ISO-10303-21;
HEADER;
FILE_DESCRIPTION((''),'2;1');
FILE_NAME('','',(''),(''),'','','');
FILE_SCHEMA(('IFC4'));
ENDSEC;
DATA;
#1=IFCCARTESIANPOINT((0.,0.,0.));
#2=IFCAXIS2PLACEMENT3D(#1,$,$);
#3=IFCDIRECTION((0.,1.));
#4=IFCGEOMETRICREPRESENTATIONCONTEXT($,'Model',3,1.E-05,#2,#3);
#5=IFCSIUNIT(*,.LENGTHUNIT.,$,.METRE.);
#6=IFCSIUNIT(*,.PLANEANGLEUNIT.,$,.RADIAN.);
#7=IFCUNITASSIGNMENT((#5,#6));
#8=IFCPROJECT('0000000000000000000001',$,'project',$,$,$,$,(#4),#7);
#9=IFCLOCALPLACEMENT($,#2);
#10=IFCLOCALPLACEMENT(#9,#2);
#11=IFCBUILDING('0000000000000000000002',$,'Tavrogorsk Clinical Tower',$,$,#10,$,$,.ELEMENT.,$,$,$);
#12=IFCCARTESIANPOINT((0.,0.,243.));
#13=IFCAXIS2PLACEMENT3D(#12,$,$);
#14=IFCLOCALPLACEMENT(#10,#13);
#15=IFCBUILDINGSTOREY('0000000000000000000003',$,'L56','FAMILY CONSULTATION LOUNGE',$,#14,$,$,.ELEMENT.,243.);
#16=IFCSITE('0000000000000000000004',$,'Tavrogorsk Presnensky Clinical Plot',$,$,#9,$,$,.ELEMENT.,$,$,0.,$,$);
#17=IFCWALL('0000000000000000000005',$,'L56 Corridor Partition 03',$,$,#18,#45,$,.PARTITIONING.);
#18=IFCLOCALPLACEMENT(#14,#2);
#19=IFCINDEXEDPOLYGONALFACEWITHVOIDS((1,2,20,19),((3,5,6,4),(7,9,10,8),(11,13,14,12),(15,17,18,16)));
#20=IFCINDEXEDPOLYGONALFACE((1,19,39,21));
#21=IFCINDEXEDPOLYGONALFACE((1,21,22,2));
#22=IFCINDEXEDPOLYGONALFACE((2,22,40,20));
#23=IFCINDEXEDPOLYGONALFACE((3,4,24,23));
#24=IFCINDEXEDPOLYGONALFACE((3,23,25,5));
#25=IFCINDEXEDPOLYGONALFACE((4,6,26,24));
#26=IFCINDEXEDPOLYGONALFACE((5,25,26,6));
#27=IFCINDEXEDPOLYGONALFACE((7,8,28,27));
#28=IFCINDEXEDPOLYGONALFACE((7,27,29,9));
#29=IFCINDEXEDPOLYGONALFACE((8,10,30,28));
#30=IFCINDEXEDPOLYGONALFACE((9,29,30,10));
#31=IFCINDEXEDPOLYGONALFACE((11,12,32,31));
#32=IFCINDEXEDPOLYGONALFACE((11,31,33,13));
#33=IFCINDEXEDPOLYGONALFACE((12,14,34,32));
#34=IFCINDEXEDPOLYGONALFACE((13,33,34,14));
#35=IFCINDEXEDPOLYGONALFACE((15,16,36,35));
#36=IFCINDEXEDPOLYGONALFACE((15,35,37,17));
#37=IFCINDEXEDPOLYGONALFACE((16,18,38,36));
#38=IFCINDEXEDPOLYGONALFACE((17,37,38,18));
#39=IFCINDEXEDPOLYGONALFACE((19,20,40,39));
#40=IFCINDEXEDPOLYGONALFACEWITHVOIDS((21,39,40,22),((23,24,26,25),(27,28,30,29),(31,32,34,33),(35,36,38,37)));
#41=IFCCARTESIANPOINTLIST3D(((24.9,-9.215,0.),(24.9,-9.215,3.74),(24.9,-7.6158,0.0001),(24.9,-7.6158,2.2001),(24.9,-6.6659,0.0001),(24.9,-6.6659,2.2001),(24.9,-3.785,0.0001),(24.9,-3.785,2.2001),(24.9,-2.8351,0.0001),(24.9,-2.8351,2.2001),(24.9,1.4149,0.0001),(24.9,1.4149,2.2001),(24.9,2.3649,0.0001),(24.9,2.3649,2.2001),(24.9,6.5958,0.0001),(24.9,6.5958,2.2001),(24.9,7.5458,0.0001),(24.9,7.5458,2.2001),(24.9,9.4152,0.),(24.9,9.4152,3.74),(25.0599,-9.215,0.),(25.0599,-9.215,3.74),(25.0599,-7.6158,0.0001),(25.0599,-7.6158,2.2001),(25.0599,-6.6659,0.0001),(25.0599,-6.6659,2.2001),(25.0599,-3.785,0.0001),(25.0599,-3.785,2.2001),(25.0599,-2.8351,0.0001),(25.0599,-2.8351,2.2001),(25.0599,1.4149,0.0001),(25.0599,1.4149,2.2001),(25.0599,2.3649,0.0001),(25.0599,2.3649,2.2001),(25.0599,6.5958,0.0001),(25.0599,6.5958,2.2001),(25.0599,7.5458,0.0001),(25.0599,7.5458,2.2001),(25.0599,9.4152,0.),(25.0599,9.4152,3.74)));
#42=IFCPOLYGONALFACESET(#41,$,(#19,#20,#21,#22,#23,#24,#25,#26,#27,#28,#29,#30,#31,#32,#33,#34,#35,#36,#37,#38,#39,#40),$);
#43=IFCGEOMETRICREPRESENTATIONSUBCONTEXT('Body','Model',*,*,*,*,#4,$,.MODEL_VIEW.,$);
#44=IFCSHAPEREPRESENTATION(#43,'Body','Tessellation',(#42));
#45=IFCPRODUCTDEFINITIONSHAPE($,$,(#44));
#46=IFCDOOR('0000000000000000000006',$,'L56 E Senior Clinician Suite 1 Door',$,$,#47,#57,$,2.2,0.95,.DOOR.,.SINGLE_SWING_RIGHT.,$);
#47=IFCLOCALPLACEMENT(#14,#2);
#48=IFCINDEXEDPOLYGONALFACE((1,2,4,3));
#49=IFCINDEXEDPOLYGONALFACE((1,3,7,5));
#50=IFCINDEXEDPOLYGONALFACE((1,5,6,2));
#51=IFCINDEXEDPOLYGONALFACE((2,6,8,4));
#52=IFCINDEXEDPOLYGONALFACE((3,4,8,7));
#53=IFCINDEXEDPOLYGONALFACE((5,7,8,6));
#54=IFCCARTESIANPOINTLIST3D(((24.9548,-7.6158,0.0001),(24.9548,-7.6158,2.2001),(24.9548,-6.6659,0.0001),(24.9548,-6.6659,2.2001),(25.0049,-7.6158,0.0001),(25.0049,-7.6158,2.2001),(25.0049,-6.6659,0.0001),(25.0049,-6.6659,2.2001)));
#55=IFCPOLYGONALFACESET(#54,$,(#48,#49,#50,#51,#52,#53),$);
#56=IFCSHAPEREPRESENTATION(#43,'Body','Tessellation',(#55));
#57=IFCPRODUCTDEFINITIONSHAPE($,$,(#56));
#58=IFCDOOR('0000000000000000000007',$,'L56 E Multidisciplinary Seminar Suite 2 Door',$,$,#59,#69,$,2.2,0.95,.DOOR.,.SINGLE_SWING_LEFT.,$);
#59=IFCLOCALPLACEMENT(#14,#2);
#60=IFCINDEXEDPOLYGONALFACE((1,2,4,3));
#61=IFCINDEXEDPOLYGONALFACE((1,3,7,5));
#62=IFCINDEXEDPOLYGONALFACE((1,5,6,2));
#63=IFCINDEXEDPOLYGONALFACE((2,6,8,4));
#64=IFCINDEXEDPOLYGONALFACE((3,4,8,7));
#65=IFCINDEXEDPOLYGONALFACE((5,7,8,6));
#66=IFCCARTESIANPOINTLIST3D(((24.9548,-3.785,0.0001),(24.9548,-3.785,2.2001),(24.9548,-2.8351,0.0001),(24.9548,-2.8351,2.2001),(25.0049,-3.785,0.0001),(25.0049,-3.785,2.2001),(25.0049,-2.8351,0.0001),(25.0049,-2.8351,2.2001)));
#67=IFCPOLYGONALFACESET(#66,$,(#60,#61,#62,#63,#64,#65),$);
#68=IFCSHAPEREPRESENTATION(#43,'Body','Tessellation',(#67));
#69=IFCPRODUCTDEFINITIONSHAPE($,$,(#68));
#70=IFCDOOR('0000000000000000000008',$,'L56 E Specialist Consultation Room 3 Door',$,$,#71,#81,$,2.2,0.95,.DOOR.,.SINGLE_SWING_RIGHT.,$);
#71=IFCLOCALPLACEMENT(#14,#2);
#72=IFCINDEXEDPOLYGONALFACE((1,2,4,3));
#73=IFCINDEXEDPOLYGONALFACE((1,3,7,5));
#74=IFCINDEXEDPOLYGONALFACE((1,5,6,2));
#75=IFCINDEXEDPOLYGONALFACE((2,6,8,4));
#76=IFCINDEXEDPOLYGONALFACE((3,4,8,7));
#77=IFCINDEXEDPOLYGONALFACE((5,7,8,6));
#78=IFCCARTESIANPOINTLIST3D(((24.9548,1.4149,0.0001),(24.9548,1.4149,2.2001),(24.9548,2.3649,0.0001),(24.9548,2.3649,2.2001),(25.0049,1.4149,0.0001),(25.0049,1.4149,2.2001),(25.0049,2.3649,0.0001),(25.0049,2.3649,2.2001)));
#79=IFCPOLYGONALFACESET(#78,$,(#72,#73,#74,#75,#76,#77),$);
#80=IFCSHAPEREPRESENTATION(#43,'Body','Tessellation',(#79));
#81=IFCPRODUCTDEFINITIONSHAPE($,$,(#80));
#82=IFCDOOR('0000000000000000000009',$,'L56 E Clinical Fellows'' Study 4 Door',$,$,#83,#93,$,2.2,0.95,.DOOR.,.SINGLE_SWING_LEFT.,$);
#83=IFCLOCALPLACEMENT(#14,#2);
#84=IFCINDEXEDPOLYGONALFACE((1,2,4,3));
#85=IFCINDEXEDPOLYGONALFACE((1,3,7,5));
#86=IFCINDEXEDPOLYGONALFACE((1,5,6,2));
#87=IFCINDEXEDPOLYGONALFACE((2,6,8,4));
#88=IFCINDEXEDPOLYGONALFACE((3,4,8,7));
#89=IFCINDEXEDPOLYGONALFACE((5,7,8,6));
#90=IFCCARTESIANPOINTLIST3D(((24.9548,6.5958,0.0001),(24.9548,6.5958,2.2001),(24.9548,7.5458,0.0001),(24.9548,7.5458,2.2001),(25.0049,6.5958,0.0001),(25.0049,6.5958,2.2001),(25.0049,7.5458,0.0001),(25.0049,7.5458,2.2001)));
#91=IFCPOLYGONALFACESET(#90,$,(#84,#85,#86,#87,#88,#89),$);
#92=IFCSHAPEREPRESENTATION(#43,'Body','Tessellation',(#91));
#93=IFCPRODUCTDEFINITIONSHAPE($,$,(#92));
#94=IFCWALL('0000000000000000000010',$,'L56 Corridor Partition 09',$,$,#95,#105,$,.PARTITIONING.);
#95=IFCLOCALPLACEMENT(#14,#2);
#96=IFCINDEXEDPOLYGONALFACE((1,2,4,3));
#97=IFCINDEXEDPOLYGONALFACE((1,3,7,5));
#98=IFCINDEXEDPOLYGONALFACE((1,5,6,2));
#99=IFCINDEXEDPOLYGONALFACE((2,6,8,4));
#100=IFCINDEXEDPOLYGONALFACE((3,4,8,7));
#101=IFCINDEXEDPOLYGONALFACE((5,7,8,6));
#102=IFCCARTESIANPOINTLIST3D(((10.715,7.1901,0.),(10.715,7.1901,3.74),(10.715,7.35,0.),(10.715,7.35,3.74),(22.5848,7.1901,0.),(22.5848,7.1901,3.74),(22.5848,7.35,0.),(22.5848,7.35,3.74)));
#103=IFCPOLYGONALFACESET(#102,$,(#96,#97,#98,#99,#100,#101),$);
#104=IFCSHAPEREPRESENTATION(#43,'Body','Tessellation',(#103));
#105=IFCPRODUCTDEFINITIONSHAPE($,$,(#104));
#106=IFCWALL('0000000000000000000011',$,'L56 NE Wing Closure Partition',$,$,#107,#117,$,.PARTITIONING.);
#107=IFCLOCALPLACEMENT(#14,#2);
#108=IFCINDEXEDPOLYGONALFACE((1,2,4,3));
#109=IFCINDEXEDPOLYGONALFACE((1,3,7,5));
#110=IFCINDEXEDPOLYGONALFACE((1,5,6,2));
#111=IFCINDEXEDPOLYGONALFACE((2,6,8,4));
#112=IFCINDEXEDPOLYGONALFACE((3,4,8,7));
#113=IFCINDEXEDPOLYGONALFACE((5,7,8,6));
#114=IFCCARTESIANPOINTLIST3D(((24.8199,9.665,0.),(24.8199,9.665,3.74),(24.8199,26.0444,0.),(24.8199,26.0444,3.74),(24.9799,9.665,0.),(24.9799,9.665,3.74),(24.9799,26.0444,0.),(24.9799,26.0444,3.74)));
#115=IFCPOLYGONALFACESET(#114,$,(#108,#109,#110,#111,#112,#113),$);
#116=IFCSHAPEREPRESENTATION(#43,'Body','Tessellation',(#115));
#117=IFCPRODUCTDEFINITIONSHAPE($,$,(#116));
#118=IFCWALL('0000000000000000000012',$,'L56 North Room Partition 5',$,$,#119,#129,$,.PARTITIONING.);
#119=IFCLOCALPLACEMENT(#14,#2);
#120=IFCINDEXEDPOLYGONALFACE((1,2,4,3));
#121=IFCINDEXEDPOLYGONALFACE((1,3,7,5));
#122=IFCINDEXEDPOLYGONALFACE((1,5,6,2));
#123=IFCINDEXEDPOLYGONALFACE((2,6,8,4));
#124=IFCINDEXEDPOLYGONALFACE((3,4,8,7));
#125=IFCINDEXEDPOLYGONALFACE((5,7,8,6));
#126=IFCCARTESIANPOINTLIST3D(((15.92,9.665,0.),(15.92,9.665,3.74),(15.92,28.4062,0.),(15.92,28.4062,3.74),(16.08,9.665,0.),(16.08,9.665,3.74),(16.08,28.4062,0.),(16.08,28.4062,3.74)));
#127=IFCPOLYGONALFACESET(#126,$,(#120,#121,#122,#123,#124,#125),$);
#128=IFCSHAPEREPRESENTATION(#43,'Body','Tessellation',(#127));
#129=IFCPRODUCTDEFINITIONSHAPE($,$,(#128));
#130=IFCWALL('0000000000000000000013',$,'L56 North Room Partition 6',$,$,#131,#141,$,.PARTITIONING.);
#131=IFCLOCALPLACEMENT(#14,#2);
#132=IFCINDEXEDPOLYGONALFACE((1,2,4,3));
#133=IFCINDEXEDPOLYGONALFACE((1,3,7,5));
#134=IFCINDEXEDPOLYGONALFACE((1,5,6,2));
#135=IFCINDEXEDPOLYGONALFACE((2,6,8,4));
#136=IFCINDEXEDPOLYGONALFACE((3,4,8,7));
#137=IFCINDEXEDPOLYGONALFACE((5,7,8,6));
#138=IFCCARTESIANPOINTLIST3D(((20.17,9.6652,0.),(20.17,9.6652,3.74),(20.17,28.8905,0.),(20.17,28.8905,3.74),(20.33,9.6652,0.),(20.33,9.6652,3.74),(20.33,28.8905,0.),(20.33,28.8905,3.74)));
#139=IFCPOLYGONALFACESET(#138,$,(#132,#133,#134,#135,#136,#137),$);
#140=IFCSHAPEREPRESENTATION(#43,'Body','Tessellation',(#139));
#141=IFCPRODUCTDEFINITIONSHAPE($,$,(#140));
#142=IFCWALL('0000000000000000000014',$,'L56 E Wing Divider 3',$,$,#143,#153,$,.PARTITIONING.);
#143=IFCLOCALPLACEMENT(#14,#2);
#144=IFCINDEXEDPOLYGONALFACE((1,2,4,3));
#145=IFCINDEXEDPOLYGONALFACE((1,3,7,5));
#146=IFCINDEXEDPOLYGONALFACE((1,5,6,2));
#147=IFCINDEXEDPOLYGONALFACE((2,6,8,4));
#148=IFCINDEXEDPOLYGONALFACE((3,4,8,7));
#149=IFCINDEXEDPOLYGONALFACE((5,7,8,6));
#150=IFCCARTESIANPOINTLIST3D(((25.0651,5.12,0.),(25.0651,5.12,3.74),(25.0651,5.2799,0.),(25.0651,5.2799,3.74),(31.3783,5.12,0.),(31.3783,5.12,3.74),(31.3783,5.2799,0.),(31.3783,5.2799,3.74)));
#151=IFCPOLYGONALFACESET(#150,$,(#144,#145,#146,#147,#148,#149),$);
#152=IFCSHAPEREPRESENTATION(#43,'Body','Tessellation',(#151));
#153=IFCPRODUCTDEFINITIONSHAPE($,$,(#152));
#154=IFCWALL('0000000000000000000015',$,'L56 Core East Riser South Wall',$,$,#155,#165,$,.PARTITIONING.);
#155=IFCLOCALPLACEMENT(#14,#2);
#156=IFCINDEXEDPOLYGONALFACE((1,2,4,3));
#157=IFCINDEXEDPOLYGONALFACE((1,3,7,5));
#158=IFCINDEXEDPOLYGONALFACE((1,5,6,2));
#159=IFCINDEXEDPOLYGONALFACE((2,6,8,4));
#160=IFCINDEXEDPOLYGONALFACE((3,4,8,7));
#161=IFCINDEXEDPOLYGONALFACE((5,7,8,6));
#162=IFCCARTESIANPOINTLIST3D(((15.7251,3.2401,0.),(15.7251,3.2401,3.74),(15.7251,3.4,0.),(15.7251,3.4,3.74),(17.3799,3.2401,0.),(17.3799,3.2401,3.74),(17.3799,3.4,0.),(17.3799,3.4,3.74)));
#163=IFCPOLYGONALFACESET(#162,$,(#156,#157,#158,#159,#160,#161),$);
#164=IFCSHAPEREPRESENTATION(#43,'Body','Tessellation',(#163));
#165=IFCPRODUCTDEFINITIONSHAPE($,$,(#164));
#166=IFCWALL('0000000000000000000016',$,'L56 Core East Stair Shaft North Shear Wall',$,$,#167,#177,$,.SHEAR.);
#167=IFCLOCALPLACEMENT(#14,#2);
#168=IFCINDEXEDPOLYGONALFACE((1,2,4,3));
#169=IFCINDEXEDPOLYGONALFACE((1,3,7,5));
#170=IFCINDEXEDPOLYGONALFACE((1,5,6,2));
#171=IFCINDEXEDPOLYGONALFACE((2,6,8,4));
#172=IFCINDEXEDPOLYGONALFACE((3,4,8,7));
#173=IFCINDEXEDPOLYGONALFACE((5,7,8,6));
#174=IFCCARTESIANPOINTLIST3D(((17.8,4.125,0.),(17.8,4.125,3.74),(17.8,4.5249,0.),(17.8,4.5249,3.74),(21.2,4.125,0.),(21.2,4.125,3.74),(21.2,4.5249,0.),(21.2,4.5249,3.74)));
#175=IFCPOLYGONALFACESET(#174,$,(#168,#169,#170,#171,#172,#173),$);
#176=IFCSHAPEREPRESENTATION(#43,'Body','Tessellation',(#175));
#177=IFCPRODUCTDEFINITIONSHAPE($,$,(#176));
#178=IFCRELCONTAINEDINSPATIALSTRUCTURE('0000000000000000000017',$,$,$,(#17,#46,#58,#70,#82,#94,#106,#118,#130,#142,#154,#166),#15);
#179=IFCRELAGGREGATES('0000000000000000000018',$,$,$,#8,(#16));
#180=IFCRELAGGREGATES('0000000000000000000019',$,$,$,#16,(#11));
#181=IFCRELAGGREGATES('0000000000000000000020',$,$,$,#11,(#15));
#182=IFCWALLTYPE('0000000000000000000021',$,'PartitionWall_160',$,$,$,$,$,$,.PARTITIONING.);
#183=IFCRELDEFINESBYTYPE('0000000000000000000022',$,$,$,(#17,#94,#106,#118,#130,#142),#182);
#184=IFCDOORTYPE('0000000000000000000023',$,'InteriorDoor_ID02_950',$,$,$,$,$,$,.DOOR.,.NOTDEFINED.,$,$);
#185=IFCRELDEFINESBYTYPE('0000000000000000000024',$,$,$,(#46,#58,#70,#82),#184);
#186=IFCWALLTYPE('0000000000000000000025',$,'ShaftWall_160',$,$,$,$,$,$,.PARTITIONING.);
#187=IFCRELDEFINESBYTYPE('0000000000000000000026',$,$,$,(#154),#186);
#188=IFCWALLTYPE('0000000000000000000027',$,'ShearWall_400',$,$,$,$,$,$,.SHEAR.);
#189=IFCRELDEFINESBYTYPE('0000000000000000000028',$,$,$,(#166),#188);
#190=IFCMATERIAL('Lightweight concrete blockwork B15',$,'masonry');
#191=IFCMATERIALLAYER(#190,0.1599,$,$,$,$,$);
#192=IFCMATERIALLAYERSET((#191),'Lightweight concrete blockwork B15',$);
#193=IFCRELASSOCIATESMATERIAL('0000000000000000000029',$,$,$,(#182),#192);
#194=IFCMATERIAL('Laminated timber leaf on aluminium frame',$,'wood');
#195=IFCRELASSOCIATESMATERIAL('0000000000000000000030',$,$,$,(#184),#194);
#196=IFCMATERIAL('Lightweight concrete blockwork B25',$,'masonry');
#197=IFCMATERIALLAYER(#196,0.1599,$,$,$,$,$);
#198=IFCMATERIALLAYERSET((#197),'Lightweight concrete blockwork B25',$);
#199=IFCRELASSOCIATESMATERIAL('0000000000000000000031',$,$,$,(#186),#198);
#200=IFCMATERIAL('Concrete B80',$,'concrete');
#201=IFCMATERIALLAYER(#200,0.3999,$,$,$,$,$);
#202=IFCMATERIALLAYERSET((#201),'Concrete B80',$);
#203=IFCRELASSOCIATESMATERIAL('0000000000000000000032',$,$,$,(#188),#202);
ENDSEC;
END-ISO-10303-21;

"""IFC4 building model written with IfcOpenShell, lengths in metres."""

from ifc_helpers import new_model, si_unit, direction, frame, frame_2d, origin, place, context, subcontext, project, spatial, rectangle, extrude, material, layer, layer_set, type_object, element, fill, save


model = new_model("IFC4")

# Units and contexts
model_context = context("Model", 3, precision=1e-05, world=origin(), true_north=direction((0.0, 1.0)))
body_context = subcontext(model_context, "Body", "Model", "MODEL_VIEW")
ifc_project = project(units=[si_unit("LENGTHUNIT", "METRE"), si_unit("PLANEANGLEUNIT", "RADIAN")], contexts=[model_context])

# Site, building, storey
site_placement = place(None, origin())
site = spatial("IfcSite", under=ifc_project, at=site_placement, Name="Tavrogorsk Presnensky Clinical Plot", CompositionType="ELEMENT", RefElevation=0.0)
building_placement = place(site_placement, origin())
building = spatial("IfcBuilding", under=site, at=building_placement, Name="Tavrogorsk Clinical Tower", CompositionType="ELEMENT")
storey_placement = place(building_placement, frame((0.0, 0.0, 243.0)))
storey = spatial("IfcBuildingStorey", under=building, at=storey_placement, Name="L56", Description="FAMILY CONSULTATION LOUNGE", CompositionType="ELEMENT", Elevation=243.0)

# Wall, openings, doors
ifc_material_1 = material(Name="Lightweight concrete blockwork B15", Category="masonry")
ifc_layer_1 = layer(ifc_material_1, 0.1599)
ifc_layer_set_1 = layer_set([ifc_layer_1], Name="Lightweight concrete blockwork B15")
wall_type_1 = type_object("IfcWallType", Name="PartitionWall_160", PredefinedType="PARTITIONING", material=ifc_layer_set_1)
wall_1_placement = place(storey_placement, frame((24.98, 9.415, 0.0), z_axis=(0.0, 0.0, 1.0), x_axis=(0.0, -1.0, 0.0)))
wall_1 = element("IfcWall", 1, at=wall_1_placement, inside=storey, type_object=wall_type_1, Name="L56 Corridor Partition 03", PredefinedType="PARTITIONING", context=body_context, shape_type="SweptSolid", body=[
    extrude(rectangle(XDim=18.6301, YDim=0.1599, at=frame_2d((9.3149, 0.0))), origin(), (0.0, 0.0, 1.0), 3.74),
])
opening_1_placement = place(wall_1_placement, frame((16.0808, 0.0, 0.0)))
opening_1 = element("IfcOpeningElement", 2, at=opening_1_placement, cuts=wall_1, PredefinedType="OPENING", context=body_context, shape_type="SweptSolid", body=[
    extrude(rectangle(XDim=0.95, YDim=2.2, at=frame_2d((0.4751, 1.1001))), frame((0.0, 0.0898, 0.0), z_axis=(0.0, -1.0, 0.0), x_axis=(1.0, 0.0, 0.0)), (0.0, 0.0, 1.0), 0.1799),
])
opening_2_placement = place(wall_1_placement, frame((12.25, 0.0, 0.0)))
opening_2 = element("IfcOpeningElement", 3, at=opening_2_placement, cuts=wall_1, PredefinedType="OPENING", context=body_context, shape_type="SweptSolid", body=[
    extrude(rectangle(XDim=0.95, YDim=2.2, at=frame_2d((0.4751, 1.1001))), frame((0.0, 0.0898, 0.0), z_axis=(0.0, -1.0, 0.0), x_axis=(1.0, 0.0, 0.0)), (0.0, 0.0, 1.0), 0.1799),
])
opening_3_placement = place(wall_1_placement, frame((7.05, 0.0, 0.0)))
opening_3 = element("IfcOpeningElement", 4, at=opening_3_placement, cuts=wall_1, PredefinedType="OPENING", context=body_context, shape_type="SweptSolid", body=[
    extrude(rectangle(XDim=0.95, YDim=2.2, at=frame_2d((0.4751, 1.1001))), frame((0.0, 0.0898, 0.0), z_axis=(0.0, -1.0, 0.0), x_axis=(1.0, 0.0, 0.0)), (0.0, 0.0, 1.0), 0.1799),
])
opening_4_placement = place(wall_1_placement, frame((1.8691, 0.0, 0.0)))
opening_4 = element("IfcOpeningElement", 5, at=opening_4_placement, cuts=wall_1, PredefinedType="OPENING", context=body_context, shape_type="SweptSolid", body=[
    extrude(rectangle(XDim=0.95, YDim=2.2, at=frame_2d((0.4751, 1.1001))), frame((0.0, 0.0898, 0.0), z_axis=(0.0, -1.0, 0.0), x_axis=(1.0, 0.0, 0.0)), (0.0, 0.0, 1.0), 0.1799),
])
ifc_material_2 = material(Name="Laminated timber leaf on aluminium frame", Category="wood")
door_type = type_object("IfcDoorType", Name="InteriorDoor_ID02_950", OperationType="NOTDEFINED", PredefinedType="DOOR", material=ifc_material_2)
door_1_placement = place(opening_1_placement, origin())
door_1 = element("IfcDoor", 6, at=door_1_placement, inside=storey, type_object=door_type, Name="L56 E Senior Clinician Suite 1 Door", OperationType="SINGLE_SWING_RIGHT", OverallHeight=2.2, OverallWidth=0.95, PredefinedType="DOOR", context=body_context, shape_type="SweptSolid", body=[
    extrude(rectangle(XDim=0.95, YDim=2.2, at=frame_2d((0.4751, 1.1001))), frame((0.0, 0.0249, 0.0), z_axis=(0.0, -1.0, 0.0), x_axis=(1.0, 0.0, 0.0)), (0.0, 0.0, 1.0), 0.05),
])
fill(opening_1, door_1)
door_2_placement = place(opening_2_placement, origin())
door_2 = element("IfcDoor", 7, at=door_2_placement, inside=storey, type_object=door_type, Name="L56 E Multidisciplinary Seminar Suite 2 Door", OperationType="SINGLE_SWING_LEFT", OverallHeight=2.2, OverallWidth=0.95, PredefinedType="DOOR", context=body_context, shape_type="SweptSolid", body=[
    extrude(rectangle(XDim=0.95, YDim=2.2, at=frame_2d((0.4751, 1.1001))), frame((0.0, 0.0249, 0.0), z_axis=(0.0, -1.0, 0.0), x_axis=(1.0, 0.0, 0.0)), (0.0, 0.0, 1.0), 0.05),
])
fill(opening_2, door_2)
door_3_placement = place(opening_3_placement, origin())
door_3 = element("IfcDoor", 8, at=door_3_placement, inside=storey, type_object=door_type, Name="L56 E Specialist Consultation Room 3 Door", OperationType="SINGLE_SWING_RIGHT", OverallHeight=2.2, OverallWidth=0.95, PredefinedType="DOOR", context=body_context, shape_type="SweptSolid", body=[
    extrude(rectangle(XDim=0.95, YDim=2.2, at=frame_2d((0.4751, 1.1001))), frame((0.0, 0.0249, 0.0), z_axis=(0.0, -1.0, 0.0), x_axis=(1.0, 0.0, 0.0)), (0.0, 0.0, 1.0), 0.05),
])
fill(opening_3, door_3)
door_4_placement = place(opening_4_placement, origin())
door_4 = element("IfcDoor", 9, at=door_4_placement, inside=storey, type_object=door_type, Name="L56 E Clinical Fellows' Study 4 Door", OperationType="SINGLE_SWING_LEFT", OverallHeight=2.2, OverallWidth=0.95, PredefinedType="DOOR", context=body_context, shape_type="SweptSolid", body=[
    extrude(rectangle(XDim=0.95, YDim=2.2, at=frame_2d((0.4751, 1.1001))), frame((0.0, 0.0249, 0.0), z_axis=(0.0, -1.0, 0.0), x_axis=(1.0, 0.0, 0.0)), (0.0, 0.0, 1.0), 0.05),
])
fill(opening_4, door_4)

# Walls
wall_2_placement = place(storey_placement, frame((22.585, 7.27, 0.0), z_axis=(0.0, 0.0, 1.0), x_axis=(-1.0, 0.0, 0.0)))
element("IfcWall", 10, at=wall_2_placement, inside=storey, type_object=wall_type_1, Name="L56 Corridor Partition 09", PredefinedType="PARTITIONING", context=body_context, shape_type="SweptSolid", body=[
    extrude(rectangle(XDim=11.8699, YDim=0.1599, at=frame_2d((5.9351, 0.0))), origin(), (0.0, 0.0, 1.0), 3.74),
])
wall_3_placement = place(storey_placement, frame((24.8999, 9.665, 0.0), z_axis=(0.0, 0.0, 1.0), x_axis=(0.0, 1.0, 0.0)))
element("IfcWall", 11, at=wall_3_placement, inside=storey, type_object=wall_type_1, Name="L56 NE Wing Closure Partition", PredefinedType="PARTITIONING", context=body_context, shape_type="SweptSolid", body=[
    extrude(rectangle(XDim=16.3794, YDim=0.1599, at=frame_2d((8.1897, 0.0))), origin(), (0.0, 0.0, 1.0), 3.74),
])
wall_4_placement = place(storey_placement, frame((16.0, 9.665, 0.0), z_axis=(0.0, 0.0, 1.0), x_axis=(0.0, 1.0, 0.0)))
element("IfcWall", 12, at=wall_4_placement, inside=storey, type_object=wall_type_1, Name="L56 North Room Partition 5", PredefinedType="PARTITIONING", context=body_context, shape_type="SweptSolid", body=[
    extrude(rectangle(XDim=18.7412, YDim=0.1599, at=frame_2d((9.3706, 0.0))), origin(), (0.0, 0.0, 1.0), 3.74),
])
wall_5_placement = place(storey_placement, frame((20.25, 9.665, 0.0), z_axis=(0.0, 0.0, 1.0), x_axis=(0.0, 1.0, 0.0)))
element("IfcWall", 13, at=wall_5_placement, inside=storey, type_object=wall_type_1, Name="L56 North Room Partition 6", PredefinedType="PARTITIONING", context=body_context, shape_type="SweptSolid", body=[
    extrude(rectangle(XDim=19.2253, YDim=0.1599, at=frame_2d((9.6128, 0.0))), origin(), (0.0, 0.0, 1.0), 3.74),
])
wall_6_placement = place(storey_placement, frame((25.0649, 5.2, 0.0), z_axis=(0.0, 0.0, 1.0), x_axis=(1.0, 0.0, 0.0)))
element("IfcWall", 14, at=wall_6_placement, inside=storey, type_object=wall_type_1, Name="L56 E Wing Divider 3", PredefinedType="PARTITIONING", context=body_context, shape_type="SweptSolid", body=[
    extrude(rectangle(XDim=6.3132, YDim=0.1599, at=frame_2d((3.1567, 0.0))), origin(), (0.0, 0.0, 1.0), 3.74),
])
ifc_material_3 = material(Name="Lightweight concrete blockwork B25", Category="masonry")
ifc_layer_2 = layer(ifc_material_3, 0.1599)
ifc_layer_set_2 = layer_set([ifc_layer_2], Name="Lightweight concrete blockwork B25")
wall_type_2 = type_object("IfcWallType", Name="ShaftWall_160", PredefinedType="PARTITIONING", material=ifc_layer_set_2)
wall_7_placement = place(storey_placement, frame((15.7251, 3.3201, 0.0), z_axis=(0.0, 0.0, 1.0), x_axis=(1.0, 0.0, 0.0)))
element("IfcWall", 15, at=wall_7_placement, inside=storey, type_object=wall_type_2, Name="L56 Core East Riser South Wall", PredefinedType="PARTITIONING", context=body_context, shape_type="SweptSolid", body=[
    extrude(rectangle(XDim=1.6548, YDim=0.1599, at=frame_2d((0.8274, 0.0))), origin(), (0.0, 0.0, 1.0), 3.74),
])
ifc_material_4 = material(Name="Concrete B80", Category="concrete")
ifc_layer_3 = layer(ifc_material_4, 0.3999)
ifc_layer_set_3 = layer_set([ifc_layer_3], Name="Concrete B80")
wall_type_3 = type_object("IfcWallType", Name="ShearWall_400", PredefinedType="SHEAR", material=ifc_layer_set_3)
wall_8_placement = place(storey_placement, frame((17.8, 4.325, 0.0), z_axis=(0.0, 0.0, 1.0), x_axis=(1.0, 0.0, 0.0)))
element("IfcWall", 16, at=wall_8_placement, inside=storey, type_object=wall_type_3, Name="L56 Core East Stair Shaft North Shear Wall", PredefinedType="SHEAR", context=body_context, shape_type="SweptSolid", body=[
    extrude(rectangle(XDim=3.3999, YDim=0.3999, at=frame_2d((1.7, 0.0))), origin(), (0.0, 0.0, 1.0), 3.74),
])

save(model, "model.ifc")
